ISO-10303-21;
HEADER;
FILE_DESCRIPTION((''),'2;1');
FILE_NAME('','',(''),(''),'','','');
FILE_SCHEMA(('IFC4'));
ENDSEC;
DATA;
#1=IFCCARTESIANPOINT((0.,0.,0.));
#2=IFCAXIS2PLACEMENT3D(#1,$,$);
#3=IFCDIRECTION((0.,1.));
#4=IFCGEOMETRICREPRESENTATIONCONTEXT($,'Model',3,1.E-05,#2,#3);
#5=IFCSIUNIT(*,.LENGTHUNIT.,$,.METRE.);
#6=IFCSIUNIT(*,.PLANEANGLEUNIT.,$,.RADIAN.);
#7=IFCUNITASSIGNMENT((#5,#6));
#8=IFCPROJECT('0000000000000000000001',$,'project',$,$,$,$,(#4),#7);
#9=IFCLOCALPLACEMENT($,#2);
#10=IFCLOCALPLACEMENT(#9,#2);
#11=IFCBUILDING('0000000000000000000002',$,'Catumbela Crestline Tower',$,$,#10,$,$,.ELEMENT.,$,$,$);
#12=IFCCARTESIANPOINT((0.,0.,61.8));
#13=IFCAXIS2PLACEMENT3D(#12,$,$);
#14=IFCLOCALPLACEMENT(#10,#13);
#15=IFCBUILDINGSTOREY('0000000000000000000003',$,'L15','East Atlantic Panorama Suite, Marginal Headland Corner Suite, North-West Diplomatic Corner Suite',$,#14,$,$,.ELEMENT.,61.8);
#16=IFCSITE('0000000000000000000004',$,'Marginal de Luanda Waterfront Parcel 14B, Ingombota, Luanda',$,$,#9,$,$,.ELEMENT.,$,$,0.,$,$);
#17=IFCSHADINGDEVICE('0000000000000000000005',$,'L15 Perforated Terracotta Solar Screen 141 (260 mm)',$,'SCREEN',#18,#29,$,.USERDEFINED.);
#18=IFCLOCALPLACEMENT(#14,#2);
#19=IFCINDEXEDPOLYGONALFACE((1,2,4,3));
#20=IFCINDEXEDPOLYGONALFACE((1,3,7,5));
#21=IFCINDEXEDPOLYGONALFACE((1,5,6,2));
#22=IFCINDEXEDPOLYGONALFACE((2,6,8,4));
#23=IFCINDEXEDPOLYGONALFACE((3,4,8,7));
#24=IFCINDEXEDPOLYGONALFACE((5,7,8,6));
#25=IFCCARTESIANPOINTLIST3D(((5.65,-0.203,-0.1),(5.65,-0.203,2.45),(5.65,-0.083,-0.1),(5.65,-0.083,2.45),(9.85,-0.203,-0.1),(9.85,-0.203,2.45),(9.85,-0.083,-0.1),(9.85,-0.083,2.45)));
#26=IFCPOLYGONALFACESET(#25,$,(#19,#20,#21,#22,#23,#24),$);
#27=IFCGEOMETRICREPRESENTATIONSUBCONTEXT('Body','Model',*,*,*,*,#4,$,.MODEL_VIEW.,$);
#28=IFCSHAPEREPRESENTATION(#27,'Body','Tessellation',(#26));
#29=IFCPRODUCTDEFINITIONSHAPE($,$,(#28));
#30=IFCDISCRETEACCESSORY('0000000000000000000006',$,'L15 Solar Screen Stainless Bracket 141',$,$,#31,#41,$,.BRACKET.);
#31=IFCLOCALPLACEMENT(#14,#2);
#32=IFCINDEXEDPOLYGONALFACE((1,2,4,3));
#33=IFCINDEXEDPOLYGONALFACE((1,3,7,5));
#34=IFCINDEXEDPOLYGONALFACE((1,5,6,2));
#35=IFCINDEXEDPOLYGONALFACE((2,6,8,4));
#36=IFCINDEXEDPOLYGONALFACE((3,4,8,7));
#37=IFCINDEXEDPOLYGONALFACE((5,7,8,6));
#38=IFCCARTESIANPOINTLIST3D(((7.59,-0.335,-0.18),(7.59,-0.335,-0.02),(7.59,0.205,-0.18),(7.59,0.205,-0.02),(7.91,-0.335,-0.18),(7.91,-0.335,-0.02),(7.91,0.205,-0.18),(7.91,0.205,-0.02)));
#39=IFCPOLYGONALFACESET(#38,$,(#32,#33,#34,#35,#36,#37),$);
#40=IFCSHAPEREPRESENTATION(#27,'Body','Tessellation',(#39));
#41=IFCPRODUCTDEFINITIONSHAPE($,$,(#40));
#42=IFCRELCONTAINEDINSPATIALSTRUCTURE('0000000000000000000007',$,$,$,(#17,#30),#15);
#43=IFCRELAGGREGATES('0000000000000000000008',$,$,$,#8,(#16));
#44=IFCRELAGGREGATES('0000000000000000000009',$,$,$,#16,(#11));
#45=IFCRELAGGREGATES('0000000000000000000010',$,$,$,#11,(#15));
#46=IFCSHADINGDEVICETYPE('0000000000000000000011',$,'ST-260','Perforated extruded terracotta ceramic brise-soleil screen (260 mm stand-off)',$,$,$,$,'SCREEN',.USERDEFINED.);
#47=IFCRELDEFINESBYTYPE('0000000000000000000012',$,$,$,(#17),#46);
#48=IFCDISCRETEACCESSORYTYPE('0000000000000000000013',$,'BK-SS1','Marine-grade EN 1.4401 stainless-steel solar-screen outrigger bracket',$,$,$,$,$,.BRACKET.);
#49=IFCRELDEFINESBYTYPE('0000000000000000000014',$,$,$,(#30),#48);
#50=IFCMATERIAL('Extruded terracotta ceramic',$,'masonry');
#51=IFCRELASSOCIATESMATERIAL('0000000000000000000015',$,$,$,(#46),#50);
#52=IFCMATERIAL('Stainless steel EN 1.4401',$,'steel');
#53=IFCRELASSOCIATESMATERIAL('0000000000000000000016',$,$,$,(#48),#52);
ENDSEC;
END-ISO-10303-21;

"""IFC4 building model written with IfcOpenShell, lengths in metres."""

from ifc_helpers import new_model, si_unit, direction, frame, origin, origin_2d, place, context, subcontext, project, spatial, rectangle, extrude, material, type_object, element, save


model = new_model("IFC4")

# Units and contexts
model_context = context("Model", 3, precision=1e-05, world=origin(), true_north=direction((0.0, 1.0)))
body_context = subcontext(model_context, "Body", "Model", "MODEL_VIEW")
ifc_project = project(units=[si_unit("LENGTHUNIT", "METRE"), si_unit("PLANEANGLEUNIT", "RADIAN")], contexts=[model_context])

# Site, building, storey
site_placement = place(None, origin())
site = spatial("IfcSite", under=ifc_project, at=site_placement, Name="Marginal de Luanda Waterfront Parcel 14B, Ingombota, Luanda", CompositionType="ELEMENT", RefElevation=0.0)
building_placement = place(site_placement, origin())
building = spatial("IfcBuilding", under=site, at=building_placement, Name="Catumbela Crestline Tower", CompositionType="ELEMENT")
storey_placement = place(building_placement, frame((0.0, 0.0, 61.8)))
storey = spatial("IfcBuildingStorey", under=building, at=storey_placement, Name="L15", Description="East Atlantic Panorama Suite, Marginal Headland Corner Suite, North-West Diplomatic Corner Suite", CompositionType="ELEMENT", Elevation=61.8)

# Shared definitions
ifc_material_1 = material(Name="Extruded terracotta ceramic", Category="masonry")

# Shading device
shading_device_type = type_object("IfcShadingDeviceType", Name="ST-260", Description="Perforated extruded terracotta ceramic brise-soleil screen (260 mm stand-off)", ElementType="SCREEN", PredefinedType="USERDEFINED", material=ifc_material_1)
shading_device_placement = place(storey_placement, frame((7.75, -0.143, -0.1), z_axis=(0.0, 0.0, 1.0), x_axis=(1.0, 0.0, 0.0)))
element("IfcShadingDevice", 1, at=shading_device_placement, inside=storey, type_object=shading_device_type, Name="L15 Perforated Terracotta Solar Screen 141 (260 mm)", ObjectType="SCREEN", PredefinedType="USERDEFINED", context=body_context, shape_type="SweptSolid", body=[
    extrude(rectangle(XDim=4.2, YDim=0.12, at=origin_2d()), origin(), (0.0, 0.0, 1.0), 2.55),
])

# Discrete accessory
ifc_material_2 = material(Name="Stainless steel EN 1.4401", Category="steel")
discrete_accessory_type = type_object("IfcDiscreteAccessoryType", Name="BK-SS1", Description="Marine-grade EN 1.4401 stainless-steel solar-screen outrigger bracket", PredefinedType="BRACKET", material=ifc_material_2)
discrete_accessory_placement = place(storey_placement, frame((7.75, -0.065, -0.18), z_axis=(0.0, 0.0, 1.0), x_axis=(1.0, 0.0, 0.0)))
element("IfcDiscreteAccessory", 2, at=discrete_accessory_placement, inside=storey, type_object=discrete_accessory_type, Name="L15 Solar Screen Stainless Bracket 141", PredefinedType="BRACKET", context=body_context, shape_type="SweptSolid", body=[
    extrude(rectangle(XDim=0.32, YDim=0.54, at=origin_2d()), origin(), (0.0, 0.0, 1.0), 0.16),
])

save(model, "model.ifc")
